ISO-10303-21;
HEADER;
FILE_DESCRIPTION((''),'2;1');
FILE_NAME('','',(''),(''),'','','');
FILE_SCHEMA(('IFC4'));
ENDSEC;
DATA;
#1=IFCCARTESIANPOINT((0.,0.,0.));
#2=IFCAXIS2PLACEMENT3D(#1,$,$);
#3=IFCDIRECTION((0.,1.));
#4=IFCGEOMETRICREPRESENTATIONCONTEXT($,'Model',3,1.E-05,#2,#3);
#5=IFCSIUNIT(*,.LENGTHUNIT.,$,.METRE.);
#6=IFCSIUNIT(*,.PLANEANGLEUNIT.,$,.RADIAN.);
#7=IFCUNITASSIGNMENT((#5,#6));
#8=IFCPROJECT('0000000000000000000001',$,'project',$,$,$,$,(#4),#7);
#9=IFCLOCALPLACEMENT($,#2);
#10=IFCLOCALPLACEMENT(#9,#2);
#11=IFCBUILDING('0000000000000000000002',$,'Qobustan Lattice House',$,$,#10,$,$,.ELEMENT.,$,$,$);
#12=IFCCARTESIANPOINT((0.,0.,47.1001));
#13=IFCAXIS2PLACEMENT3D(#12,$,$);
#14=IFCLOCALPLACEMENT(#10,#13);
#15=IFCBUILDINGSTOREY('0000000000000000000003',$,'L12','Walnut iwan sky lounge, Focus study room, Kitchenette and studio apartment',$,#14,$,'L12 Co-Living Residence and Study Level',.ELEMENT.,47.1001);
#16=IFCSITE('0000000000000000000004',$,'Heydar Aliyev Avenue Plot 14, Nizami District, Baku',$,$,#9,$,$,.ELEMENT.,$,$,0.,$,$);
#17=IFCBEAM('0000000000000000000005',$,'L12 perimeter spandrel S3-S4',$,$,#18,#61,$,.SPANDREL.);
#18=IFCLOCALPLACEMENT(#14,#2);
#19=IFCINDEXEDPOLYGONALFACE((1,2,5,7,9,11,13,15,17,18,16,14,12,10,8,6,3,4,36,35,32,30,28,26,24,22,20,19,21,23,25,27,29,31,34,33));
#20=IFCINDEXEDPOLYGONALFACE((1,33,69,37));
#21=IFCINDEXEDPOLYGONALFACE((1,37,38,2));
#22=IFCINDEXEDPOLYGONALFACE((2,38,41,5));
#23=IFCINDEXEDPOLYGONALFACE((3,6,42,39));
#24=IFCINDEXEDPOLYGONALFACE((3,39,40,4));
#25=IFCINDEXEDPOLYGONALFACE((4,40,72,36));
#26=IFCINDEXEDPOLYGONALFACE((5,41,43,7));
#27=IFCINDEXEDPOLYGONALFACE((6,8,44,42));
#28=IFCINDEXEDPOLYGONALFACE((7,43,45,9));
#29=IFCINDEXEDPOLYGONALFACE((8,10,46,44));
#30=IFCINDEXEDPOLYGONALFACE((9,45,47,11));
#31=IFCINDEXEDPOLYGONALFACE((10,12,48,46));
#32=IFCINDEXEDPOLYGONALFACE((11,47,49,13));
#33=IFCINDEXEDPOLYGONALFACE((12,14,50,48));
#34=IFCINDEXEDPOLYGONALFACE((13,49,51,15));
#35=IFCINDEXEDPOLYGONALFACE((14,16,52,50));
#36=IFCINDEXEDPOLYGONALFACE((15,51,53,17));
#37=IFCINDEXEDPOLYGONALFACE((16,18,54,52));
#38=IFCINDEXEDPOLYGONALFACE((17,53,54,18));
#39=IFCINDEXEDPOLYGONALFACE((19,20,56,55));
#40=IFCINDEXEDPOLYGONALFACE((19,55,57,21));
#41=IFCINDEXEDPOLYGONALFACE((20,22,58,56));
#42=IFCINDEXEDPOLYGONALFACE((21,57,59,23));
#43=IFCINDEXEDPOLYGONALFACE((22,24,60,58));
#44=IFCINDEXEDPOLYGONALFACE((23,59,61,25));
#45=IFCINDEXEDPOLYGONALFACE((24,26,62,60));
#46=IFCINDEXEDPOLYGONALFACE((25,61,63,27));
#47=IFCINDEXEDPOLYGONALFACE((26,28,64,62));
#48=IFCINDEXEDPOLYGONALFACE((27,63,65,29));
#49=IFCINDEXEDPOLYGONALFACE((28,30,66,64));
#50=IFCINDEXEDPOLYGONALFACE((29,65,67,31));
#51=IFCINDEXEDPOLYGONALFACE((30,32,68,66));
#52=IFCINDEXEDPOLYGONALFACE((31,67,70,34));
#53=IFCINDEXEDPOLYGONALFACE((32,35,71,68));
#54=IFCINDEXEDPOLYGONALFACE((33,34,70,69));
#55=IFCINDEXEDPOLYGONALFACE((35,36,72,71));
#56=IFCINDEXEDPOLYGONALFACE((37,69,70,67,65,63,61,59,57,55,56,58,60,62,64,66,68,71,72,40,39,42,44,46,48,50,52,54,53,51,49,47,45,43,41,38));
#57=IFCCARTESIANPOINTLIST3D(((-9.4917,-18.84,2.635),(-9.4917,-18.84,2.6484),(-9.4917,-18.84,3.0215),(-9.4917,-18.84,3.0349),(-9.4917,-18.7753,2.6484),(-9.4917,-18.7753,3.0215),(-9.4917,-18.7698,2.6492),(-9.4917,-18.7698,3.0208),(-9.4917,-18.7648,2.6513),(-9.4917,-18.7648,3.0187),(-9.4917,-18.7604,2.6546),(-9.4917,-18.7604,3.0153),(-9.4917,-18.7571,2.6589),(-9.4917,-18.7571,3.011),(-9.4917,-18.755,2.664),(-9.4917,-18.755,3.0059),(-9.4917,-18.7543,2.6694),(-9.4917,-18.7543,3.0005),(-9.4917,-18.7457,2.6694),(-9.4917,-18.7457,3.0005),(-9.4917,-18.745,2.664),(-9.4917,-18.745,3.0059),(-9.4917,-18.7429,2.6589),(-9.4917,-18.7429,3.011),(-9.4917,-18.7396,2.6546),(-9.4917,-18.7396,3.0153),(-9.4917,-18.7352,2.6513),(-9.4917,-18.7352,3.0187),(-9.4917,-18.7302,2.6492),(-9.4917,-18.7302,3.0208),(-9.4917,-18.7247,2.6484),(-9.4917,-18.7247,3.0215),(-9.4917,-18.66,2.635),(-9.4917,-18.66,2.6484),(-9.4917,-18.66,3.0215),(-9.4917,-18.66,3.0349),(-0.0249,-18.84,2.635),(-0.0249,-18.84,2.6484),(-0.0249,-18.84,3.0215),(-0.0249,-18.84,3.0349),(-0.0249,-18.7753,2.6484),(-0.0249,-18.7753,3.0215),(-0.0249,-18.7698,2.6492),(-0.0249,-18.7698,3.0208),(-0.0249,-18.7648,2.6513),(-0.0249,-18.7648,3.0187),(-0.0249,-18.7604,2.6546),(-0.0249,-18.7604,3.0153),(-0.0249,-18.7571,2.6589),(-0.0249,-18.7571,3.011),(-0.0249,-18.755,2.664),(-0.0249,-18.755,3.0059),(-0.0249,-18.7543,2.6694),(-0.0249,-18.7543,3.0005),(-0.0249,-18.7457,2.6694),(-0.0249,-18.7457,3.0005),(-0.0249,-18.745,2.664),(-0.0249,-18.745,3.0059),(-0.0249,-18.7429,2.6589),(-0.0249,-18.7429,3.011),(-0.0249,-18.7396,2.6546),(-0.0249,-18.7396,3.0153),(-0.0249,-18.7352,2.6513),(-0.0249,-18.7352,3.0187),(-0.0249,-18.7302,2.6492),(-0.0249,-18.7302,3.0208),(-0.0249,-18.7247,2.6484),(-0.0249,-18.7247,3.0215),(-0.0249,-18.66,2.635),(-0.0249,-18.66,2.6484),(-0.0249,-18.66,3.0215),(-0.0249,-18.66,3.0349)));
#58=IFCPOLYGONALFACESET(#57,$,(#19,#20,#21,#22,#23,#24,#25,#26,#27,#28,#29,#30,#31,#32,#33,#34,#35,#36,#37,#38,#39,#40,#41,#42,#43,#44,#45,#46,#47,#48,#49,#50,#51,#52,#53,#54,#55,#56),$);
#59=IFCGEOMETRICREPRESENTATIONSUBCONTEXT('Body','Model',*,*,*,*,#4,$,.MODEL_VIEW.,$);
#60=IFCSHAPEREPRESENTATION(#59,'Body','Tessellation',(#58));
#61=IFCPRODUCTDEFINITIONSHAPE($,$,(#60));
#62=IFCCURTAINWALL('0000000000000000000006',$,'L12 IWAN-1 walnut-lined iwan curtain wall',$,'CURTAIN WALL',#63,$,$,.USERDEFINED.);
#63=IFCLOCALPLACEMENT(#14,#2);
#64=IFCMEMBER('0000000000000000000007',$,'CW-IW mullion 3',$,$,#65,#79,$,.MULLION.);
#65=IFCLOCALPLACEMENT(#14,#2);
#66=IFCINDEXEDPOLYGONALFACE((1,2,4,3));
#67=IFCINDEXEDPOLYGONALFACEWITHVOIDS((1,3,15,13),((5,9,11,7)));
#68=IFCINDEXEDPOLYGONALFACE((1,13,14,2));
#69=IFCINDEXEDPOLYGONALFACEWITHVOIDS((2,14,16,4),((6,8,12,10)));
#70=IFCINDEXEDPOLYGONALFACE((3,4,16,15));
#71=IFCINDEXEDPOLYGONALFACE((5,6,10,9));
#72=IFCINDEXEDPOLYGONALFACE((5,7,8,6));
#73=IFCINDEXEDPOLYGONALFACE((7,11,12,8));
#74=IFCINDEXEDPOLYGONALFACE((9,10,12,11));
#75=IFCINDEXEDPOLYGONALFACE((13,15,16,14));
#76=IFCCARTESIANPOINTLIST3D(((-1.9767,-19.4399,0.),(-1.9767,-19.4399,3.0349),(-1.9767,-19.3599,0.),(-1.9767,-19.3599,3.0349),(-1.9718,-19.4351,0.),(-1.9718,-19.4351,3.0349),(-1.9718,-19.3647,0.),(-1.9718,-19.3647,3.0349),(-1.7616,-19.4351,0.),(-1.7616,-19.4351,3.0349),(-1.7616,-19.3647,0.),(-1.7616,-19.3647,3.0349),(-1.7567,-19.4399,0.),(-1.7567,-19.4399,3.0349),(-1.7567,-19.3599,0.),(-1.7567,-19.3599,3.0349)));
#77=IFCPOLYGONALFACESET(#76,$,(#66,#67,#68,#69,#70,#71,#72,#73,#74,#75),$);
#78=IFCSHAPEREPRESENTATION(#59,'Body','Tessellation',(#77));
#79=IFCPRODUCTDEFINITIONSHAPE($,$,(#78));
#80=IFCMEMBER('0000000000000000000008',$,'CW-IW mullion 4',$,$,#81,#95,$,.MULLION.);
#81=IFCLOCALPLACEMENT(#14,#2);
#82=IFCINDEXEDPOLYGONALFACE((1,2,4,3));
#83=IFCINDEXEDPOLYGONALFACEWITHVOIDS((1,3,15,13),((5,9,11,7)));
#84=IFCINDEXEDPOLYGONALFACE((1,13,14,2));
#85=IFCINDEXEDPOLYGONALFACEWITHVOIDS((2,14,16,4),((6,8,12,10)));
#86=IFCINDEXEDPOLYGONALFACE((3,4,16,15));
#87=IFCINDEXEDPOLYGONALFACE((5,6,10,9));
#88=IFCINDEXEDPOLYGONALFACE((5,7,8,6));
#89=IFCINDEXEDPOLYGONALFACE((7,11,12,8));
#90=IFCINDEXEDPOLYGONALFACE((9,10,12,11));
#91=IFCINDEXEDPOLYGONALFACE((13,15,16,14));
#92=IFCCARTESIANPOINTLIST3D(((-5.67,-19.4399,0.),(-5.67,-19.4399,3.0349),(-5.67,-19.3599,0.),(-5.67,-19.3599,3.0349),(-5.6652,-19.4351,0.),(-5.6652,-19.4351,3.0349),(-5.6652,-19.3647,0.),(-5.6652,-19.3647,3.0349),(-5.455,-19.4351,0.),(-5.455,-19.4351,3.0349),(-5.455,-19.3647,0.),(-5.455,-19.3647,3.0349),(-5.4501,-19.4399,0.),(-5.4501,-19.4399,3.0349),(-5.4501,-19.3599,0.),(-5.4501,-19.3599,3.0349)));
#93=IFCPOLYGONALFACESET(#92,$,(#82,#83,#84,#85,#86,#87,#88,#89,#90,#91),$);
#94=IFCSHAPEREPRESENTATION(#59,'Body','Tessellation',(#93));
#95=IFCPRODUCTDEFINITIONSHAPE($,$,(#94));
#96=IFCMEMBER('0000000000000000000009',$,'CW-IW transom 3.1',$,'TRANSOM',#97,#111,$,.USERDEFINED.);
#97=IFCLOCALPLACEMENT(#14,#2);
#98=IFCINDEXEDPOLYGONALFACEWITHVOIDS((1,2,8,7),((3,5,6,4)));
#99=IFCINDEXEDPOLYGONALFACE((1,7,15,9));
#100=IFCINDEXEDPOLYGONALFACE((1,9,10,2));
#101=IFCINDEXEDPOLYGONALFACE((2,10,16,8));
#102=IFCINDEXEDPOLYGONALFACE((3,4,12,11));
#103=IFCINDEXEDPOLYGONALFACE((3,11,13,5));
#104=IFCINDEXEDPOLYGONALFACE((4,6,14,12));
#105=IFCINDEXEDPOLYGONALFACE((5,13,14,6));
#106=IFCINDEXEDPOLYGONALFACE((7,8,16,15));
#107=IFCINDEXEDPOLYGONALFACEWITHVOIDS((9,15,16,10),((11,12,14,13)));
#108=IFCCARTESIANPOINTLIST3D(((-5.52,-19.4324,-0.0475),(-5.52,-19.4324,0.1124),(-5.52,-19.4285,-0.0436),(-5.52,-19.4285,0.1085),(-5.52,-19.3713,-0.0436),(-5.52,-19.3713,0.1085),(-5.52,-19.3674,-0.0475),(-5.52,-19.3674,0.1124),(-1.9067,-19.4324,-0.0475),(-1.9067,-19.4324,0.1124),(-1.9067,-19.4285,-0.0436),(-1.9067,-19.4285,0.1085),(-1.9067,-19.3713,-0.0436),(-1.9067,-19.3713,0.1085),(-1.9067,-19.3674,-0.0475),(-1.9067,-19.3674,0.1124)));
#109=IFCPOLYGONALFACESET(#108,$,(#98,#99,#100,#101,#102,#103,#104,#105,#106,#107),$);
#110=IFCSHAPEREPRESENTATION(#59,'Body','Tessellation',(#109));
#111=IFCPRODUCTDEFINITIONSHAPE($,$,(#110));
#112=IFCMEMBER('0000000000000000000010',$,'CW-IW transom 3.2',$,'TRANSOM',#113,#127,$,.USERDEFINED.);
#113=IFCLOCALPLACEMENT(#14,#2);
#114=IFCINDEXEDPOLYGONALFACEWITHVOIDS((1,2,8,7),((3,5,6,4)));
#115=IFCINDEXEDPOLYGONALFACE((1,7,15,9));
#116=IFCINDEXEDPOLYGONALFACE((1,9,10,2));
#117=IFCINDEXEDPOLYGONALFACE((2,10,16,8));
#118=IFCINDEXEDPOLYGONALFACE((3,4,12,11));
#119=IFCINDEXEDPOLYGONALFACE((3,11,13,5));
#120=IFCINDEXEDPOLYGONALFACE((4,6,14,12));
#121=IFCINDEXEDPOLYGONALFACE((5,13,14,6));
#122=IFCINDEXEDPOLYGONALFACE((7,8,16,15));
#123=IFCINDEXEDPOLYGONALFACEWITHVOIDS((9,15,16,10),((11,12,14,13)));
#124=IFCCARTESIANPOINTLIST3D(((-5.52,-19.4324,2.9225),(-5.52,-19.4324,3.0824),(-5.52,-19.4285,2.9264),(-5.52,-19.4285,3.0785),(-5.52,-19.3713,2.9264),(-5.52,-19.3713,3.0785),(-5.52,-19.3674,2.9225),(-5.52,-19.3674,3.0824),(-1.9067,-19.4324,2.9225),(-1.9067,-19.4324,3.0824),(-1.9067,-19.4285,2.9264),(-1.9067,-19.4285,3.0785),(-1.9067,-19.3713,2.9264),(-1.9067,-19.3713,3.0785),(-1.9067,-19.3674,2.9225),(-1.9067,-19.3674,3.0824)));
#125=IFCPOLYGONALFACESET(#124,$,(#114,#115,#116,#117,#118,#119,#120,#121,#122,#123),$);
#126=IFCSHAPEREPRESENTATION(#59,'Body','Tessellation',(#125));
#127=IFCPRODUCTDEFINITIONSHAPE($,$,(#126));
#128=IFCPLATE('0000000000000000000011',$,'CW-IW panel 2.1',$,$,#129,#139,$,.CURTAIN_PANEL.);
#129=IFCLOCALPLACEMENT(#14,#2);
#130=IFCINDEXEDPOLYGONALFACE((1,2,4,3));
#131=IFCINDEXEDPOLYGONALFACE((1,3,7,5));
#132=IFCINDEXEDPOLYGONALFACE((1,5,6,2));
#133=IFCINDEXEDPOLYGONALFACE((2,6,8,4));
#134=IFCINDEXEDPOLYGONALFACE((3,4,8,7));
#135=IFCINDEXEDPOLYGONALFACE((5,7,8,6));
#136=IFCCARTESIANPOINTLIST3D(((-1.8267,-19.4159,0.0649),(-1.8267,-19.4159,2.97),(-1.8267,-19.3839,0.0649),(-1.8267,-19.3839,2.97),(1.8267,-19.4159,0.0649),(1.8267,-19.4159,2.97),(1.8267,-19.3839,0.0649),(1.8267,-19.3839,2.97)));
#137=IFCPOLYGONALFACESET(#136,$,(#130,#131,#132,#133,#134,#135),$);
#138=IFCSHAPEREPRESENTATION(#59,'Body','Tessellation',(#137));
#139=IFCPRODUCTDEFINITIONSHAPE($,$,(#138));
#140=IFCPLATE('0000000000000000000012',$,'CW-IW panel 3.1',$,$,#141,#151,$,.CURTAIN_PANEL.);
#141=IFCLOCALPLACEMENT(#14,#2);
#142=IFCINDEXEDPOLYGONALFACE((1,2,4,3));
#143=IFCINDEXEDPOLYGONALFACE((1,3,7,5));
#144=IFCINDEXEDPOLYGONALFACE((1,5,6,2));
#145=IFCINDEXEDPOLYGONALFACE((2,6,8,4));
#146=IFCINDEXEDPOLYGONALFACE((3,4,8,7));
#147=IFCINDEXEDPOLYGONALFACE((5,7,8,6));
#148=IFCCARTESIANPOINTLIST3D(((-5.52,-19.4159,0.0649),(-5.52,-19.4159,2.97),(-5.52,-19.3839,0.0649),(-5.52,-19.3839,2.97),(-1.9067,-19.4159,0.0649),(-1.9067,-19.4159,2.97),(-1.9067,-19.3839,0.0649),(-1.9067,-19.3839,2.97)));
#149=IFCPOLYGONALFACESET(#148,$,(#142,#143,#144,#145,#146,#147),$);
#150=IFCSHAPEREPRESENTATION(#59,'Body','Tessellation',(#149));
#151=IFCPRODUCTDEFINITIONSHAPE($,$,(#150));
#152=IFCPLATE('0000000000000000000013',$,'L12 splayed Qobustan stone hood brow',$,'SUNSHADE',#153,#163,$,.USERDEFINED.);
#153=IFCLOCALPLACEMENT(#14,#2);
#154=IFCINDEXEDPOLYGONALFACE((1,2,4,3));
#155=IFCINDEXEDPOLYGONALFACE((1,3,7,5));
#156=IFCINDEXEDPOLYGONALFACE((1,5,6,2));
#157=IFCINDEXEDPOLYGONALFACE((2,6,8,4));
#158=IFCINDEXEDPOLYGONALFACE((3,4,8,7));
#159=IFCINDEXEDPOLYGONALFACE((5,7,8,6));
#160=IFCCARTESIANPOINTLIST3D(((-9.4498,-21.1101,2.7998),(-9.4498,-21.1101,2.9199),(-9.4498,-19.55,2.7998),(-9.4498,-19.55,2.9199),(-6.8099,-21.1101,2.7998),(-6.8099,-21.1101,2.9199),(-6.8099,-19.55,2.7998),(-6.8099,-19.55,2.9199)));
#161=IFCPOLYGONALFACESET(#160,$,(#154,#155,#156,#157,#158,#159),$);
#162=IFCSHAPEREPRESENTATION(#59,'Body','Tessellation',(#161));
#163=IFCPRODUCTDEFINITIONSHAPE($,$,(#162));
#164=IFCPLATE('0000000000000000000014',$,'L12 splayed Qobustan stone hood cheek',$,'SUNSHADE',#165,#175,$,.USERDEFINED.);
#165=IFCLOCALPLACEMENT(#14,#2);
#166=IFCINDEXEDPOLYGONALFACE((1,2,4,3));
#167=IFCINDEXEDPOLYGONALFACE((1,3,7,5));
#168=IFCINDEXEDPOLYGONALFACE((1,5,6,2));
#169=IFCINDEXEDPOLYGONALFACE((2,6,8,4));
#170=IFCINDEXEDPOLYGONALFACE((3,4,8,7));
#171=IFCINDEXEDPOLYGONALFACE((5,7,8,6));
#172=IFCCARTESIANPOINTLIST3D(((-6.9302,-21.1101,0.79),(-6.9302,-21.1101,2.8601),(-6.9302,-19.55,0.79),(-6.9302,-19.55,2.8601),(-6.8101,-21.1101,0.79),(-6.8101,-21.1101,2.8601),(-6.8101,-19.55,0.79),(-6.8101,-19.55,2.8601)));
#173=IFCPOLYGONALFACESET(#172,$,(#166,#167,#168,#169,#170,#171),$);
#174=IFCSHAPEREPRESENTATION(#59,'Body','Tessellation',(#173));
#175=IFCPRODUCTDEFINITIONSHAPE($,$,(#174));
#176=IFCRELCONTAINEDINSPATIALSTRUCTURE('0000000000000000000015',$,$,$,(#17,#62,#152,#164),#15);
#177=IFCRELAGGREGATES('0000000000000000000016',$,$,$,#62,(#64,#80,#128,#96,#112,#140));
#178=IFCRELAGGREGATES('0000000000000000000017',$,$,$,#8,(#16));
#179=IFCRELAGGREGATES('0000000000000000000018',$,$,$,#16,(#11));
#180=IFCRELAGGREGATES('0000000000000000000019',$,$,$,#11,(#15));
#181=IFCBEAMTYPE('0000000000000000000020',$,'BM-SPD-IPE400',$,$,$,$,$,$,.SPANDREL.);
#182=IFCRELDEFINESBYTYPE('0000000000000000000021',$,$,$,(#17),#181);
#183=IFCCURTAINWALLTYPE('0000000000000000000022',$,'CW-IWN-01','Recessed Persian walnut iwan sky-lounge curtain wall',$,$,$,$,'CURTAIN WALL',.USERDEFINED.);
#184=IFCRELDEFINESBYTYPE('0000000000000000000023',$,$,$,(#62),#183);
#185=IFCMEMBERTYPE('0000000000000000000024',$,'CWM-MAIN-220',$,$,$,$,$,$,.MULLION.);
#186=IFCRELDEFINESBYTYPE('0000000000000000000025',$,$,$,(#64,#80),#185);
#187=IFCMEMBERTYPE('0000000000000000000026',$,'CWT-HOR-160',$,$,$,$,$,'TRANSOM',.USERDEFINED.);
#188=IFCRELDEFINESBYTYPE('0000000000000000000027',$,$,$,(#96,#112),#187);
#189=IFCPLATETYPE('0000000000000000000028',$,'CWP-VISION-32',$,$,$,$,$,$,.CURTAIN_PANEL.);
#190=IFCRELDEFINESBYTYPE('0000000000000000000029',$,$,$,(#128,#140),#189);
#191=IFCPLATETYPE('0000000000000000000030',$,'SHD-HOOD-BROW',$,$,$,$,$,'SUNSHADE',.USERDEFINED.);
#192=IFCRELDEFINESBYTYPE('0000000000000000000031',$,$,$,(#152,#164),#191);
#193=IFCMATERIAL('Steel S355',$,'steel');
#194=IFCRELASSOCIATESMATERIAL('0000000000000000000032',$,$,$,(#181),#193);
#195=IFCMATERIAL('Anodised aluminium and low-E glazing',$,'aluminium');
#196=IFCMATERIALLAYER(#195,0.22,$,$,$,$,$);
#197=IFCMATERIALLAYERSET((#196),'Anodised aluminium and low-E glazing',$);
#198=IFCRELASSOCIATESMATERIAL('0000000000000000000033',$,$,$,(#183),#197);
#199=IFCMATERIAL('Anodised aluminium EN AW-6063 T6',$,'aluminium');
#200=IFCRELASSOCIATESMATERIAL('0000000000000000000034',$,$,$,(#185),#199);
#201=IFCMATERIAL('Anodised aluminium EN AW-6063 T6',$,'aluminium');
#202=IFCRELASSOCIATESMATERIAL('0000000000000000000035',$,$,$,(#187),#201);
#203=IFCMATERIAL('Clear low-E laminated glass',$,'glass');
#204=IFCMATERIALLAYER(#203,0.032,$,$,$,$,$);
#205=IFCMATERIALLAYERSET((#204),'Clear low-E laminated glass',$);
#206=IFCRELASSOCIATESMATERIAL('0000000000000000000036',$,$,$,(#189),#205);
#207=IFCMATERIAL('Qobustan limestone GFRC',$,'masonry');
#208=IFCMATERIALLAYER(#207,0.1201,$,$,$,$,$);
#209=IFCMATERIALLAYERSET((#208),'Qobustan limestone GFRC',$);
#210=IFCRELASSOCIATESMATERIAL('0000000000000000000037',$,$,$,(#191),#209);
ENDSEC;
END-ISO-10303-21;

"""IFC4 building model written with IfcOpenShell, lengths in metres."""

from ifc_helpers import new_model, si_unit, direction, frame, origin, origin_2d, place, context, subcontext, project, spatial, rectangle, hollow_rectangle, i_section, extrude, material, layer, layer_set, material_profile, profile_set, type_object, element, aggregate, save


model = new_model("IFC4")

# Units and contexts
model_context = context("Model", 3, precision=1e-05, world=origin(), true_north=direction((0.0, 1.0)))
body_context = subcontext(model_context, "Body", "Model", "MODEL_VIEW")
ifc_project = project(units=[si_unit("LENGTHUNIT", "METRE"), si_unit("PLANEANGLEUNIT", "RADIAN")], contexts=[model_context])

# Site, building, storey
site_placement = place(None, origin())
site = spatial("IfcSite", under=ifc_project, at=site_placement, Name="Heydar Aliyev Avenue Plot 14, Nizami District, Baku", CompositionType="ELEMENT", RefElevation=0.0)
building_placement = place(site_placement, origin())
building = spatial("IfcBuilding", under=site, at=building_placement, Name="Qobustan Lattice House", CompositionType="ELEMENT")
storey_placement = place(building_placement, frame((0.0, 0.0, 47.1001)))
storey = spatial("IfcBuildingStorey", under=building, at=storey_placement, Name="L12", Description="Walnut iwan sky lounge, Focus study room, Kitchenette and studio apartment", LongName="L12 Co-Living Residence and Study Level", CompositionType="ELEMENT", Elevation=47.1001)

# Beam
ifc_material_1 = material(Name="Steel S355", Category="steel")
ifc_material_profile_1 = material_profile(ifc_material_1, i_section(OverallWidth=0.1799, OverallDepth=0.3999, WebThickness=0.0085, FlangeThickness=0.0134, FilletRadius=0.021, at=origin_2d()), Name="IPE400")
ifc_profile_set_1 = profile_set([ifc_material_profile_1], Name="Steel S355")
beam_type_1 = type_object("IfcBeamType", Name="BM-SPD-IPE400", PredefinedType="SPANDREL", material=ifc_profile_set_1)
beam_1_placement = place(storey_placement, frame((-9.4917, -18.75, 2.835), z_axis=(1.0, 0.0, 0.0), x_axis=(0.0, 1.0, 0.0)))
element("IfcBeam", 1, at=beam_1_placement, inside=storey, type_object=beam_type_1, Name="L12 perimeter spandrel S3-S4", PredefinedType="SPANDREL", context=body_context, shape_type="SweptSolid", body=[
    extrude(i_section(OverallWidth=0.1799, OverallDepth=0.3999, WebThickness=0.0085, FlangeThickness=0.0134, FilletRadius=0.021, at=origin_2d()), origin(), (0.0, 0.0, 1.0), 9.4668),
])

# Curtain wall, members, plates
ifc_material_2 = material(Name="Anodised aluminium and low-E glazing", Category="aluminium")
ifc_layer_1 = layer(ifc_material_2, 0.22)
ifc_layer_set_1 = layer_set([ifc_layer_1], Name="Anodised aluminium and low-E glazing")
curtain_wall_type = type_object("IfcCurtainWallType", Name="CW-IWN-01", Description="Recessed Persian walnut iwan sky-lounge curtain wall", ElementType="CURTAIN WALL", PredefinedType="USERDEFINED", material=ifc_layer_set_1)
curtain_wall_placement = place(storey_placement, origin())
curtain_wall = element("IfcCurtainWall", 2, at=curtain_wall_placement, inside=storey, type_object=curtain_wall_type, Name="L12 IWAN-1 walnut-lined iwan curtain wall", ObjectType="CURTAIN WALL", PredefinedType="USERDEFINED")
ifc_material_3 = material(Name="Anodised aluminium EN AW-6063 T6", Category="aluminium")
ifc_material_profile_2 = material_profile(ifc_material_3, hollow_rectangle(XDim=0.0801, YDim=0.22, WallThickness=0.0049, at=origin_2d()), Name="CWM-220x80")
ifc_profile_set_2 = profile_set([ifc_material_profile_2], Name="Anodised aluminium EN AW-6063 T6")
member_type_1 = type_object("IfcMemberType", Name="CWM-MAIN-220", PredefinedType="MULLION", material=ifc_profile_set_2)
member_1_placement = place(storey_placement, frame((-1.8667, -19.3999, 0.0), z_axis=(0.0, 0.0, 1.0), x_axis=(0.0, -1.0, 0.0)))
member_1 = element("IfcMember", 3, at=member_1_placement, type_object=member_type_1, Name="CW-IW mullion 3", PredefinedType="MULLION", context=body_context, shape_type="SweptSolid", body=[
    extrude(hollow_rectangle(XDim=0.0801, YDim=0.22, WallThickness=0.0049, at=origin_2d()), origin(), (0.0, 0.0, 1.0), 3.0349),
])
member_2_placement = place(storey_placement, frame((-5.5601, -19.3999, 0.0), z_axis=(0.0, 0.0, 1.0), x_axis=(0.0, -1.0, 0.0)))
member_2 = element("IfcMember", 4, at=member_2_placement, type_object=member_type_1, Name="CW-IW mullion 4", PredefinedType="MULLION", context=body_context, shape_type="SweptSolid", body=[
    extrude(hollow_rectangle(XDim=0.0801, YDim=0.22, WallThickness=0.0049, at=origin_2d()), origin(), (0.0, 0.0, 1.0), 3.0349),
])
ifc_material_4 = material(Name="Anodised aluminium EN AW-6063 T6", Category="aluminium")
ifc_material_profile_3 = material_profile(ifc_material_4, hollow_rectangle(XDim=0.0649, YDim=0.1599, WallThickness=0.0039, at=origin_2d()), Name="CWT-160x65")
ifc_profile_set_3 = profile_set([ifc_material_profile_3], Name="Anodised aluminium EN AW-6063 T6")
member_type_2 = type_object("IfcMemberType", Name="CWT-HOR-160", ElementType="TRANSOM", PredefinedType="USERDEFINED", material=ifc_profile_set_3)
member_3_placement = place(storey_placement, frame((-1.9067, -19.3999, 0.0325), z_axis=(-1.0, 0.0, 0.0), x_axis=(0.0, -1.0, 0.0)))
member_3 = element("IfcMember", 5, at=member_3_placement, type_object=member_type_2, Name="CW-IW transom 3.1", ObjectType="TRANSOM", PredefinedType="USERDEFINED", context=body_context, shape_type="SweptSolid", body=[
    extrude(hollow_rectangle(XDim=0.0649, YDim=0.1599, WallThickness=0.0039, at=origin_2d()), origin(), (0.0, 0.0, 1.0), 3.6133),
])
member_4_placement = place(storey_placement, frame((-1.9067, -19.3999, 3.0024), z_axis=(-1.0, 0.0, 0.0), x_axis=(0.0, -1.0, 0.0)))
member_4 = element("IfcMember", 6, at=member_4_placement, type_object=member_type_2, Name="CW-IW transom 3.2", ObjectType="TRANSOM", PredefinedType="USERDEFINED", context=body_context, shape_type="SweptSolid", body=[
    extrude(hollow_rectangle(XDim=0.0649, YDim=0.1599, WallThickness=0.0039, at=origin_2d()), origin(), (0.0, 0.0, 1.0), 3.6133),
])
ifc_material_5 = material(Name="Clear low-E laminated glass", Category="glass")
ifc_layer_2 = layer(ifc_material_5, 0.032)
ifc_layer_set_2 = layer_set([ifc_layer_2], Name="Clear low-E laminated glass")
plate_type_1 = type_object("IfcPlateType", Name="CWP-VISION-32", PredefinedType="CURTAIN_PANEL", material=ifc_layer_set_2)
plate_1_placement = place(storey_placement, frame((0.0, -19.3999, 0.0649), z_axis=(0.0, 0.0, 1.0), x_axis=(-1.0, 0.0, 0.0)))
plate_1 = element("IfcPlate", 7, at=plate_1_placement, type_object=plate_type_1, Name="CW-IW panel 2.1", PredefinedType="CURTAIN_PANEL", context=body_context, shape_type="SweptSolid", body=[
    extrude(rectangle(XDim=3.6533, YDim=0.032, at=origin_2d()), origin(), (0.0, 0.0, 1.0), 2.905),
])
plate_2_placement = place(storey_placement, frame((-3.7134, -19.3999, 0.0649), z_axis=(0.0, 0.0, 1.0), x_axis=(-1.0, 0.0, 0.0)))
plate_2 = element("IfcPlate", 8, at=plate_2_placement, type_object=plate_type_1, Name="CW-IW panel 3.1", PredefinedType="CURTAIN_PANEL", context=body_context, shape_type="SweptSolid", body=[
    extrude(rectangle(XDim=3.6133, YDim=0.032, at=origin_2d()), origin(), (0.0, 0.0, 1.0), 2.905),
])
aggregate(curtain_wall, [member_1, member_2, plate_1, member_3, member_4, plate_2])

# Plates
ifc_material_6 = material(Name="Qobustan limestone GFRC", Category="masonry")
ifc_layer_3 = layer(ifc_material_6, 0.1201)
ifc_layer_set_3 = layer_set([ifc_layer_3], Name="Qobustan limestone GFRC")
plate_type_2 = type_object("IfcPlateType", Name="SHD-HOOD-BROW", ElementType="SUNSHADE", PredefinedType="USERDEFINED", material=ifc_layer_set_3)
plate_3_placement = place(storey_placement, frame((-8.1299, -20.3301, 2.7998), z_axis=(0.0, 0.0, 1.0), x_axis=(-1.0, 0.0, 0.0)))
element("IfcPlate", 9, at=plate_3_placement, inside=storey, type_object=plate_type_2, Name="L12 splayed Qobustan stone hood brow", ObjectType="SUNSHADE", PredefinedType="USERDEFINED", context=body_context, shape_type="SweptSolid", body=[
    extrude(rectangle(XDim=2.6399, YDim=1.5601, at=origin_2d()), origin(), (0.0, 0.0, 1.0), 0.1201),
])
plate_4_placement = place(storey_placement, frame((-6.8701, -20.3301, 0.79), z_axis=(0.0, 0.0, 1.0), x_axis=(-1.0, 0.0, 0.0)))
element("IfcPlate", 10, at=plate_4_placement, inside=storey, type_object=plate_type_2, Name="L12 splayed Qobustan stone hood cheek", ObjectType="SUNSHADE", PredefinedType="USERDEFINED", context=body_context, shape_type="SweptSolid", body=[
    extrude(rectangle(XDim=0.1201, YDim=1.5601, at=origin_2d()), origin(), (0.0, 0.0, 1.0), 2.0701),
])

save(model, "model.ifc")
